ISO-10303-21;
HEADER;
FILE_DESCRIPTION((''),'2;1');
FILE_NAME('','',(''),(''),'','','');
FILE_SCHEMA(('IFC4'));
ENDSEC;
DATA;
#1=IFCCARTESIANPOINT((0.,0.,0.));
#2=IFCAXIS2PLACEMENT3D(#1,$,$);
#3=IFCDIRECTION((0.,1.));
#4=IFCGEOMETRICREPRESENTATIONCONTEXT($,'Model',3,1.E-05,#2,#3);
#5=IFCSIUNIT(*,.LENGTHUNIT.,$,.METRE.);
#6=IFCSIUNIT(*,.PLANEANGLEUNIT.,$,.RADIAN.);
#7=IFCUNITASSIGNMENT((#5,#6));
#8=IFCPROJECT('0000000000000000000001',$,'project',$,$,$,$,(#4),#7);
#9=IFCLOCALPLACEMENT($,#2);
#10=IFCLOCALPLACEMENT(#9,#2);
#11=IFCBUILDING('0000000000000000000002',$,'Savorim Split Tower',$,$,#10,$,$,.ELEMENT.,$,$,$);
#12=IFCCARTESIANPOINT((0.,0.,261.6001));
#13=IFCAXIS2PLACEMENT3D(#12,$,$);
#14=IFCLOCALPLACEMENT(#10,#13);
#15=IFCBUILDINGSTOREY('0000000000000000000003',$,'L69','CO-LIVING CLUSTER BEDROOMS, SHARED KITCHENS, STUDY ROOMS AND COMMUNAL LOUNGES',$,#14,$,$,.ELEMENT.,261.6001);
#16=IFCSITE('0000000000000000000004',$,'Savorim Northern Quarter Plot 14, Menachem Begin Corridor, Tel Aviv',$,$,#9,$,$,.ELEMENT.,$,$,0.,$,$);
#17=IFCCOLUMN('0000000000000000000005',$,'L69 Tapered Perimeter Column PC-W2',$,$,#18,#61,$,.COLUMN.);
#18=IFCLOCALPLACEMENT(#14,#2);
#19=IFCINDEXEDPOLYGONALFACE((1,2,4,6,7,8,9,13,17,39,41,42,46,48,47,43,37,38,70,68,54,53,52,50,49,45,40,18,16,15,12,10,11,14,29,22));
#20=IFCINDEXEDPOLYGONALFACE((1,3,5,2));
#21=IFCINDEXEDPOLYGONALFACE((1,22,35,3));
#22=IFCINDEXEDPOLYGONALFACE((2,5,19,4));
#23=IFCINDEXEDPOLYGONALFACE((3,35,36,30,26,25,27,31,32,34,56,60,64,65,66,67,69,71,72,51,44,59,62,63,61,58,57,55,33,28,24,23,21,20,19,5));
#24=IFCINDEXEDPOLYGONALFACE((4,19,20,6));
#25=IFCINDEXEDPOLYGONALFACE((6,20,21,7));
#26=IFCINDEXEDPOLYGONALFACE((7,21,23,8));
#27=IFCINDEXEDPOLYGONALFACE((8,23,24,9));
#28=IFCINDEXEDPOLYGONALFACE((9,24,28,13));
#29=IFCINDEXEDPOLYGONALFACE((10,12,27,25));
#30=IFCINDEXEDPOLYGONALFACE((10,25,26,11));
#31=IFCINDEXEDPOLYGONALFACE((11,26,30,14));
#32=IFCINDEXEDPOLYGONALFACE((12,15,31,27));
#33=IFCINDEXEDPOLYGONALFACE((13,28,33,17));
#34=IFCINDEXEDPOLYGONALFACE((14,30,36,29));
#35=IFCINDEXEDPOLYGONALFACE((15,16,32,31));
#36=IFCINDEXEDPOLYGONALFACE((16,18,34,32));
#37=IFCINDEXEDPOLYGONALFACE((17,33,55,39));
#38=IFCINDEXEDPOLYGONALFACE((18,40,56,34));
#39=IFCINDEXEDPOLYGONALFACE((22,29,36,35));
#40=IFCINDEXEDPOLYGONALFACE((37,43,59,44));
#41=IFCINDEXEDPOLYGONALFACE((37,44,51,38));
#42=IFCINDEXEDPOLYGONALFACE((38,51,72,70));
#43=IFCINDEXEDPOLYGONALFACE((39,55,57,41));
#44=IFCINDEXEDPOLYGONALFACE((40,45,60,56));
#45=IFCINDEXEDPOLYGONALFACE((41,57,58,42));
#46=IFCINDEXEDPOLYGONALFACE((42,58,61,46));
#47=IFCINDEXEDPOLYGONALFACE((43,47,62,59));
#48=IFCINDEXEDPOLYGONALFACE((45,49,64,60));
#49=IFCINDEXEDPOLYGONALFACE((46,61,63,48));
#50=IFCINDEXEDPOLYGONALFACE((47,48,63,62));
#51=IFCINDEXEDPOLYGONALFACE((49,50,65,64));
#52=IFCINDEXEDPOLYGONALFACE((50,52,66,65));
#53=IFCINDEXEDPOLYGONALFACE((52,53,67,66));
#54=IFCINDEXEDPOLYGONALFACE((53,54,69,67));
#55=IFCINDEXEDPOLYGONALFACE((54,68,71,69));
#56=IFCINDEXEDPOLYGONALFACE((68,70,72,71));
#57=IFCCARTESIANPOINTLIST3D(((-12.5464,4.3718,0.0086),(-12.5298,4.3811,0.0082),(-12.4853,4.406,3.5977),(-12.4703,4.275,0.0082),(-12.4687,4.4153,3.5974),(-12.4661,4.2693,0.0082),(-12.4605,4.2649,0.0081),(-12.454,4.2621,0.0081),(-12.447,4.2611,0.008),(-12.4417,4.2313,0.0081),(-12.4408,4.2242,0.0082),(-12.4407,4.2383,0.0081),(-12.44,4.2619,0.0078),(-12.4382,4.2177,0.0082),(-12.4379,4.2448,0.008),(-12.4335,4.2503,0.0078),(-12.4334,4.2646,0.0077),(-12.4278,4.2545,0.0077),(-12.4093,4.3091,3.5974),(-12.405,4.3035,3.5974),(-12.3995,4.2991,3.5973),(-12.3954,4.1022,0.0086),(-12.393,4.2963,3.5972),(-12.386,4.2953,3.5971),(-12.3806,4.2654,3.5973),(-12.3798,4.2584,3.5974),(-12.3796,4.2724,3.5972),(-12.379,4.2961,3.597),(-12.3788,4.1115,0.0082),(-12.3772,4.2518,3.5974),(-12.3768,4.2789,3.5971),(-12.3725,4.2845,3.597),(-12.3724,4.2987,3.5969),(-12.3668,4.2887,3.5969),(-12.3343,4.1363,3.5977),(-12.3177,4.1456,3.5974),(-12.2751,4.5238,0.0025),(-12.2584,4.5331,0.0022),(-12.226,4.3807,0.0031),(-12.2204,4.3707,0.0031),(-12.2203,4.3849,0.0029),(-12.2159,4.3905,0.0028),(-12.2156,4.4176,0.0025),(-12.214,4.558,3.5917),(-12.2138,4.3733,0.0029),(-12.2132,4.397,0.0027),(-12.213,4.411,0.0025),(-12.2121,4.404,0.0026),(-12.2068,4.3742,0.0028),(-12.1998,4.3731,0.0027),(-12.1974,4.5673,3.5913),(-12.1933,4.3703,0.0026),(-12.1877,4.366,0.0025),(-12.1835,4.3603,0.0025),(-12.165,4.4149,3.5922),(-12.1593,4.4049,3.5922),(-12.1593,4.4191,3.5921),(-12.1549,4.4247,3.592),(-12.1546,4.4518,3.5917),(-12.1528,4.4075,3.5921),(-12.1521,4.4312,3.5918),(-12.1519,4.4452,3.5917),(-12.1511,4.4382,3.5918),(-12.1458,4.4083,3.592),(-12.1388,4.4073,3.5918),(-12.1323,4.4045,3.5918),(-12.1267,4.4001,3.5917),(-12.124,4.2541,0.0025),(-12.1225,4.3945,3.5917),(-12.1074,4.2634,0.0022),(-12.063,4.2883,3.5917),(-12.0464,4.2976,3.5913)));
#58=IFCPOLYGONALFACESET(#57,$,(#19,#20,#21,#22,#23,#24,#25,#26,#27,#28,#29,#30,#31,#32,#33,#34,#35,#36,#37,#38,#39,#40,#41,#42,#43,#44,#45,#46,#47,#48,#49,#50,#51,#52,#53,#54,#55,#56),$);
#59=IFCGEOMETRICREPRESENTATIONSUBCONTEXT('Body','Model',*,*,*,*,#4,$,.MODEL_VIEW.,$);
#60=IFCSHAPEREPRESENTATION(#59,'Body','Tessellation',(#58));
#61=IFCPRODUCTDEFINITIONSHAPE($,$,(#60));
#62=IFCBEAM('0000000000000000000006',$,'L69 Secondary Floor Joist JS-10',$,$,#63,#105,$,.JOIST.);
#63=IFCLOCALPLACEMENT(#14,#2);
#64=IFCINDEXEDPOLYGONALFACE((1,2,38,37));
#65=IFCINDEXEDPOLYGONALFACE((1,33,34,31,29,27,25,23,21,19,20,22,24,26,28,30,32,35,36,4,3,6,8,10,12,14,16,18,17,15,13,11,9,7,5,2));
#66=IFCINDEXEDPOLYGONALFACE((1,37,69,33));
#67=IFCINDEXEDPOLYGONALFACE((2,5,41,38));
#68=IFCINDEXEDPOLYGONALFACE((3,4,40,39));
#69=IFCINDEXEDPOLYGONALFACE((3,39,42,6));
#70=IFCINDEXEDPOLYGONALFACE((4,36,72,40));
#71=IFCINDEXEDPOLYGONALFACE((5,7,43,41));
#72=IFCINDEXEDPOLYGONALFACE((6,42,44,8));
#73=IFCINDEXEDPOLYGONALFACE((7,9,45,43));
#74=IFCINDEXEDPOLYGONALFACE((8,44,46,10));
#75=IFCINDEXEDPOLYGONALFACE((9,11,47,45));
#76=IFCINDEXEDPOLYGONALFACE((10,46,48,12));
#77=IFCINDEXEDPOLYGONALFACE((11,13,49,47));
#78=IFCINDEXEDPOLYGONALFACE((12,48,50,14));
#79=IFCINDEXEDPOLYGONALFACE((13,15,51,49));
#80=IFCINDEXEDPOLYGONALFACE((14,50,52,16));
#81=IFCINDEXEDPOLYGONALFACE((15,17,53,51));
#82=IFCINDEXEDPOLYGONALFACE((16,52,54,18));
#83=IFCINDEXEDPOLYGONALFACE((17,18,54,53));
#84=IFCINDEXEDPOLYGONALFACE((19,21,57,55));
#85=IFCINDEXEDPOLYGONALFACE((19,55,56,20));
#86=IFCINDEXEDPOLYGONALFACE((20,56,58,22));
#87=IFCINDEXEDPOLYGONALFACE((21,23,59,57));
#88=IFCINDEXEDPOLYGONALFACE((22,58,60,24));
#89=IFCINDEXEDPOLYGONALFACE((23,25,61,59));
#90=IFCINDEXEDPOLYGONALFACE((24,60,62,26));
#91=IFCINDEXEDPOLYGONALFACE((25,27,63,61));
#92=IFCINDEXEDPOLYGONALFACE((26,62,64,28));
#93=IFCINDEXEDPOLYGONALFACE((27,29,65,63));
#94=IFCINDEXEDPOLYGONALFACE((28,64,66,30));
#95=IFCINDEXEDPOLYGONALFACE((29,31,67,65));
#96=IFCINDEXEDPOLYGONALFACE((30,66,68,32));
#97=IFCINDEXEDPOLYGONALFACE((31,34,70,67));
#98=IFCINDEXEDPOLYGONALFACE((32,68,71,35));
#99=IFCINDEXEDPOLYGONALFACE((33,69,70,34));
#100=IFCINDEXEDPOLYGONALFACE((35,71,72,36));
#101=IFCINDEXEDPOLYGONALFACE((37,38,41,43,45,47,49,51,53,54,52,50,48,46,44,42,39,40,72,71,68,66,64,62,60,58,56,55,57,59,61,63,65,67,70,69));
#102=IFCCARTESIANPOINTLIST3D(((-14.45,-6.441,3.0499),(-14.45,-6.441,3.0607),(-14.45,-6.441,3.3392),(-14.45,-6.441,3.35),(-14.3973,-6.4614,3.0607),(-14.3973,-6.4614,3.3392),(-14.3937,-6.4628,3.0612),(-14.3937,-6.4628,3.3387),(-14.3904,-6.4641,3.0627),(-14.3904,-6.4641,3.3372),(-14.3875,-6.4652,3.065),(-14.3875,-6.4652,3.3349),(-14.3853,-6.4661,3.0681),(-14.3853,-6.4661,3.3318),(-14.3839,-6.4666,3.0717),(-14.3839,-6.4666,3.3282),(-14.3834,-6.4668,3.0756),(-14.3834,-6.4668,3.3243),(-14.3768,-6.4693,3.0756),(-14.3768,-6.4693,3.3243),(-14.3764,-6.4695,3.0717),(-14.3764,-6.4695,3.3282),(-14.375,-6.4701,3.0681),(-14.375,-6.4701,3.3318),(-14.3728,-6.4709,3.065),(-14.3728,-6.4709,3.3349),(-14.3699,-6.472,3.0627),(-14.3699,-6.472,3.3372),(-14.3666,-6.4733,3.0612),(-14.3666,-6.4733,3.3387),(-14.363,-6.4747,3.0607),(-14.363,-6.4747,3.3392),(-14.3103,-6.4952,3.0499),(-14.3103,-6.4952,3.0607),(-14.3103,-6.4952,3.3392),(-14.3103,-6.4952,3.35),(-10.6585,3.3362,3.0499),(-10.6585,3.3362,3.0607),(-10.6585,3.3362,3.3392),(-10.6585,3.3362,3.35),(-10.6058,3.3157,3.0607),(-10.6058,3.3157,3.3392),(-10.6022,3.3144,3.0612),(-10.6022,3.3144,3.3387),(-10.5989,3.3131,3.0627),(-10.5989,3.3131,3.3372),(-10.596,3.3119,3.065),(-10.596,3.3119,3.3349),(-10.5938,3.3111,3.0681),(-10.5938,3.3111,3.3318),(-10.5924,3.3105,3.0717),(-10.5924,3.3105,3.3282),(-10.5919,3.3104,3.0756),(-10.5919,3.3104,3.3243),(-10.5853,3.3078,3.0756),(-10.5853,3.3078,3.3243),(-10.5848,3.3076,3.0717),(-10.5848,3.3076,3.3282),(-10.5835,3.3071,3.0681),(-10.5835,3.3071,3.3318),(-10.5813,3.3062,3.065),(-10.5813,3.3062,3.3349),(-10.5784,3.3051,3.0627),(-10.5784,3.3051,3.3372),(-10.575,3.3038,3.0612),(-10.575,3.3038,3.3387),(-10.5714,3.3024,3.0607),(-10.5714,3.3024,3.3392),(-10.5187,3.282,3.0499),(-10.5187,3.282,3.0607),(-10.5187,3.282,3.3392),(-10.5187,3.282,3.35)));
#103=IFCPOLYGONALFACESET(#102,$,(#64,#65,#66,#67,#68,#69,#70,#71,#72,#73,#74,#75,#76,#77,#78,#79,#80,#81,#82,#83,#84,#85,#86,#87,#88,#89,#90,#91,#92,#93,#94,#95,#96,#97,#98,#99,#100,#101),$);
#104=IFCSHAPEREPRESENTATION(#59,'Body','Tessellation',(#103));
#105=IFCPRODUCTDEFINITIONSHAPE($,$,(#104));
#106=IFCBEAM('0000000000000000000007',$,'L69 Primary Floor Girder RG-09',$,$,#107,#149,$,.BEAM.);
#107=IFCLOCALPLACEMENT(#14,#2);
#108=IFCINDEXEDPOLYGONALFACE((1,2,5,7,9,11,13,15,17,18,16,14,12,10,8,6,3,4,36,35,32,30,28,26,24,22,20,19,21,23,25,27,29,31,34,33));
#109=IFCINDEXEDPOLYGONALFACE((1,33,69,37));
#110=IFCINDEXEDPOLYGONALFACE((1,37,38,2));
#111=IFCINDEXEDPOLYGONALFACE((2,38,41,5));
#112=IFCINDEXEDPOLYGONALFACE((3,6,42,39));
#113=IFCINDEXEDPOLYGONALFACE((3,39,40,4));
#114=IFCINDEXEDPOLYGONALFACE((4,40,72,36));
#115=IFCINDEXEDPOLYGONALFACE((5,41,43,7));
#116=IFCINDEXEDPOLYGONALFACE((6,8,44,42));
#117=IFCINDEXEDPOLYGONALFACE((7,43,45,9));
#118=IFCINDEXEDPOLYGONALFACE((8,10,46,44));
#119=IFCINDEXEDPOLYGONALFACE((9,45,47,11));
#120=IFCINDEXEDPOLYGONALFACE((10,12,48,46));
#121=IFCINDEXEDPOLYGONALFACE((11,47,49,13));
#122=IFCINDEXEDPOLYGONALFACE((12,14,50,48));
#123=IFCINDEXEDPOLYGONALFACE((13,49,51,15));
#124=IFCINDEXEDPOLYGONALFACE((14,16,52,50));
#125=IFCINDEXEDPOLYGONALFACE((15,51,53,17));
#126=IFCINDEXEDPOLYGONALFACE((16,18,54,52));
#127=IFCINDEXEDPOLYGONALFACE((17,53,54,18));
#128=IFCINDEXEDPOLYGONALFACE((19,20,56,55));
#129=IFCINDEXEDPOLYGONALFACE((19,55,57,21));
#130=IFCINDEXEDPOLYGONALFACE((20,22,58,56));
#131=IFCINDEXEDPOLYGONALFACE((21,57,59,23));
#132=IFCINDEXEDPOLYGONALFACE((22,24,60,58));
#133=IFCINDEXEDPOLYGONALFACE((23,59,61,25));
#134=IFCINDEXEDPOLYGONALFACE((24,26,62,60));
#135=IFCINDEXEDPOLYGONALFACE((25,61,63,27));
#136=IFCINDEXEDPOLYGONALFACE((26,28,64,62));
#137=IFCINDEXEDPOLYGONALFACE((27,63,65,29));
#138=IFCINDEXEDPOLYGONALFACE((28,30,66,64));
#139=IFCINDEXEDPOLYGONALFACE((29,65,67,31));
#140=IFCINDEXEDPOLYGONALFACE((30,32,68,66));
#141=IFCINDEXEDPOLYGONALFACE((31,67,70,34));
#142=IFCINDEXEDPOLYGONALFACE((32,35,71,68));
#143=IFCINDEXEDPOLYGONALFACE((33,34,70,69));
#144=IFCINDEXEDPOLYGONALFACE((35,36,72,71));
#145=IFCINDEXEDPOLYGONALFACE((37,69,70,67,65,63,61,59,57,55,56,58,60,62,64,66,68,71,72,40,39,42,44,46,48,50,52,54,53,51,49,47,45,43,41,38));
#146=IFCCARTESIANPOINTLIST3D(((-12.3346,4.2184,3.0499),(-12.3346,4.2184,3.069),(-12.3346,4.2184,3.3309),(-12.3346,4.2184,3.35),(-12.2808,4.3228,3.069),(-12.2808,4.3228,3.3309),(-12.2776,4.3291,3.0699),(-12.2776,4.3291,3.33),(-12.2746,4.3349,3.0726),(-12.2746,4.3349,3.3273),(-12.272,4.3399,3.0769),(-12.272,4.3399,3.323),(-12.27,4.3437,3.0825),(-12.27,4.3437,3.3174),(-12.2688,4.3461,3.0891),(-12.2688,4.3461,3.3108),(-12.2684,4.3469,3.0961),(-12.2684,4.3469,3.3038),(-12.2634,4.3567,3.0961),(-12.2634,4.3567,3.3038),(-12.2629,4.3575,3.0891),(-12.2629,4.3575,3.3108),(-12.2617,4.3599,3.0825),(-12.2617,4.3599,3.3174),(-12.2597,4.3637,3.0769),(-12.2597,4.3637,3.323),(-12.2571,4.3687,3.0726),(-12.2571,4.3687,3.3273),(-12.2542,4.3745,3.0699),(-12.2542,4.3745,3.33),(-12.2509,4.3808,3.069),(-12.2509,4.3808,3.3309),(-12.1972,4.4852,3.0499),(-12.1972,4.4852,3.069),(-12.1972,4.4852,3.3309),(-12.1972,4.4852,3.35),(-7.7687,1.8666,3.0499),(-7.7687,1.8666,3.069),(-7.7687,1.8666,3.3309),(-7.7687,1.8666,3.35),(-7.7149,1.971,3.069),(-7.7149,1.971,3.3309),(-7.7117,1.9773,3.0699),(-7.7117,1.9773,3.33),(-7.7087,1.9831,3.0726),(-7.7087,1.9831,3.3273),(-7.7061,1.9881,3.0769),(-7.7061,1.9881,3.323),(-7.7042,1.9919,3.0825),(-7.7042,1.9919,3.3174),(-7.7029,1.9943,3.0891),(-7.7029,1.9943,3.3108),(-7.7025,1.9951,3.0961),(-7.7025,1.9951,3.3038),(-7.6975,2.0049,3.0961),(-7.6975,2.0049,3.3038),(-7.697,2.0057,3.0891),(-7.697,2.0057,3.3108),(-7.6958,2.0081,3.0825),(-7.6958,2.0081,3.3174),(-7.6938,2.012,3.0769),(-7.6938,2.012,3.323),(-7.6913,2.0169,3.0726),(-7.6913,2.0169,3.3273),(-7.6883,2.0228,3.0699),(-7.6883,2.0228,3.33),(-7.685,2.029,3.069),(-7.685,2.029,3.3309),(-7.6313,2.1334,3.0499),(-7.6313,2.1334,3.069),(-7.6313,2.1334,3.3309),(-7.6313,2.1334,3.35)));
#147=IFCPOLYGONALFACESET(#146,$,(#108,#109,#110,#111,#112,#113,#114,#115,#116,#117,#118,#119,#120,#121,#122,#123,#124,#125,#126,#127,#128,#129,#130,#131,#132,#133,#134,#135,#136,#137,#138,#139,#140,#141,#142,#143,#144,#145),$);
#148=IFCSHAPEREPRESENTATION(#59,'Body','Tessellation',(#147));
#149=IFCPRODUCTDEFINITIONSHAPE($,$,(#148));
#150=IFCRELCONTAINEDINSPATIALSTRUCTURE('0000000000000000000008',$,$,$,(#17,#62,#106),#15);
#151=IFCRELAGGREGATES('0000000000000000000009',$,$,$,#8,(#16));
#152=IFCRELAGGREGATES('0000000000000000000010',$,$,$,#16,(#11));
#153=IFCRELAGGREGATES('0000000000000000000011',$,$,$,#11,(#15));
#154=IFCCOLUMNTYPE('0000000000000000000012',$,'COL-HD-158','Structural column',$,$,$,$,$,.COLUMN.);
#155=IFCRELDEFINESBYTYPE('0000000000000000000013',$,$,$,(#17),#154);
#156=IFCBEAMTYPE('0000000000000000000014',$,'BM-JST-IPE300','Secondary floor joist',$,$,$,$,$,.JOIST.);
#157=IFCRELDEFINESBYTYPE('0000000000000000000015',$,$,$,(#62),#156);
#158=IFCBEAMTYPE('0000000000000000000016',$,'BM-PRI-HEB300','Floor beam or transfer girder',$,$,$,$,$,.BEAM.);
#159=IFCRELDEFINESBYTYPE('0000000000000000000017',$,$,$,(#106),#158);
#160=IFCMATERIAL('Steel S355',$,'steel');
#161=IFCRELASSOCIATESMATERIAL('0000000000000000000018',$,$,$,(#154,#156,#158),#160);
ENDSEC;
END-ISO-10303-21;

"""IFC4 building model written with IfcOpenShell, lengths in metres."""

from ifc_helpers import new_model, si_unit, direction, frame, origin, origin_2d, place, context, subcontext, project, spatial, i_section, extrude, material, material_profile, profile_set, type_object, element, save


model = new_model("IFC4")

# Units and contexts
model_context = context("Model", 3, precision=1e-05, world=origin(), true_north=direction((0.0, 1.0)))
body_context = subcontext(model_context, "Body", "Model", "MODEL_VIEW")
ifc_project = project(units=[si_unit("LENGTHUNIT", "METRE"), si_unit("PLANEANGLEUNIT", "RADIAN")], contexts=[model_context])

# Site, building, storey
site_placement = place(None, origin())
site = spatial("IfcSite", under=ifc_project, at=site_placement, Name="Savorim Northern Quarter Plot 14, Menachem Begin Corridor, Tel Aviv", CompositionType="ELEMENT", RefElevation=0.0)
building_placement = place(site_placement, origin())
building = spatial("IfcBuilding", under=site, at=building_placement, Name="Savorim Split Tower", CompositionType="ELEMENT")
storey_placement = place(building_placement, frame((0.0, 0.0, 261.6001)))
storey = spatial("IfcBuildingStorey", under=building, at=storey_placement, Name="L69", Description="CO-LIVING CLUSTER BEDROOMS, SHARED KITCHENS, STUDY ROOMS AND COMMUNAL LOUNGES", CompositionType="ELEMENT", Elevation=261.6001)

# Column
ifc_material_1 = material(Name="Steel S355", Category="steel")
ifc_material_profile_1 = material_profile(ifc_material_1, i_section(OverallWidth=0.3091, OverallDepth=0.3301, WebThickness=0.0115, FlangeThickness=0.019, FilletRadius=0.0271, at=origin_2d()), Name="HD 320x158")
ifc_profile_set_1 = profile_set([ifc_material_profile_1], Name="Steel S355")
column_type = type_object("IfcColumnType", Name="COL-HD-158", Description="Structural column", PredefinedType="COLUMN", material=ifc_profile_set_1)
column_placement = place(storey_placement, frame((-12.3269, 4.3176, 0.0054), z_axis=(0.017002, 0.009521, 0.99981), x_axis=(-0.488603, 0.872506, 0.0)))
element("IfcColumn", 1, at=column_placement, inside=storey, type_object=column_type, Name="L69 Tapered Perimeter Column PC-W2", PredefinedType="COLUMN", context=body_context, shape_type="SweptSolid", body=[
    extrude(i_section(OverallWidth=0.3091, OverallDepth=0.3301, WebThickness=0.0115, FlangeThickness=0.019, FilletRadius=0.0271, at=origin_2d()), origin(), (0.0, 0.0, 1.0), 3.5898),
])

# Beams
ifc_material_profile_2 = material_profile(ifc_material_1, i_section(OverallWidth=0.1499, OverallDepth=0.3, WebThickness=0.0071, FlangeThickness=0.0107, FilletRadius=0.0149, at=origin_2d()), Name="IPE 300")
ifc_profile_set_2 = profile_set([ifc_material_profile_2], Name="Steel S355")
beam_type_1 = type_object("IfcBeamType", Name="BM-JST-IPE300", Description="Secondary floor joist", PredefinedType="JOIST", material=ifc_profile_set_2)
beam_1_placement = place(storey_placement, frame((-10.5886, 3.3091, 3.2), z_axis=(-0.36156, -0.932349, 0.0), x_axis=(0.932349, -0.36156, 0.0)))
element("IfcBeam", 2, at=beam_1_placement, inside=storey, type_object=beam_type_1, Name="L69 Secondary Floor Joist JS-10", PredefinedType="JOIST", context=body_context, shape_type="SweptSolid", body=[
    extrude(i_section(OverallWidth=0.1499, OverallDepth=0.3, WebThickness=0.0071, FlangeThickness=0.0107, FilletRadius=0.0149, at=origin_2d()), origin(), (0.0, 0.0, 1.0), 10.4866),
])
ifc_material_profile_3 = material_profile(ifc_material_1, i_section(OverallWidth=0.3, OverallDepth=0.3, WebThickness=0.011, FlangeThickness=0.019, FilletRadius=0.0271, at=origin_2d()), Name="HEB 300")
ifc_profile_set_3 = profile_set([ifc_material_profile_3], Name="Steel S355")
beam_type_2 = type_object("IfcBeamType", Name="BM-PRI-HEB300", Description="Floor beam or transfer girder", PredefinedType="BEAM", material=ifc_profile_set_3)
beam_2_placement = place(storey_placement, frame((-12.2659, 4.3518, 3.2), z_axis=(0.889001, -0.457905, 0.0), x_axis=(0.457905, 0.889001, 0.0)))
element("IfcBeam", 3, at=beam_2_placement, inside=storey, type_object=beam_type_2, Name="L69 Primary Floor Girder RG-09", PredefinedType="BEAM", context=body_context, shape_type="SweptSolid", body=[
    extrude(i_section(OverallWidth=0.3, OverallDepth=0.3, WebThickness=0.011, FlangeThickness=0.019, FilletRadius=0.0271, at=origin_2d()), origin(), (0.0, 0.0, 1.0), 5.136),
])

save(model, "model.ifc")
